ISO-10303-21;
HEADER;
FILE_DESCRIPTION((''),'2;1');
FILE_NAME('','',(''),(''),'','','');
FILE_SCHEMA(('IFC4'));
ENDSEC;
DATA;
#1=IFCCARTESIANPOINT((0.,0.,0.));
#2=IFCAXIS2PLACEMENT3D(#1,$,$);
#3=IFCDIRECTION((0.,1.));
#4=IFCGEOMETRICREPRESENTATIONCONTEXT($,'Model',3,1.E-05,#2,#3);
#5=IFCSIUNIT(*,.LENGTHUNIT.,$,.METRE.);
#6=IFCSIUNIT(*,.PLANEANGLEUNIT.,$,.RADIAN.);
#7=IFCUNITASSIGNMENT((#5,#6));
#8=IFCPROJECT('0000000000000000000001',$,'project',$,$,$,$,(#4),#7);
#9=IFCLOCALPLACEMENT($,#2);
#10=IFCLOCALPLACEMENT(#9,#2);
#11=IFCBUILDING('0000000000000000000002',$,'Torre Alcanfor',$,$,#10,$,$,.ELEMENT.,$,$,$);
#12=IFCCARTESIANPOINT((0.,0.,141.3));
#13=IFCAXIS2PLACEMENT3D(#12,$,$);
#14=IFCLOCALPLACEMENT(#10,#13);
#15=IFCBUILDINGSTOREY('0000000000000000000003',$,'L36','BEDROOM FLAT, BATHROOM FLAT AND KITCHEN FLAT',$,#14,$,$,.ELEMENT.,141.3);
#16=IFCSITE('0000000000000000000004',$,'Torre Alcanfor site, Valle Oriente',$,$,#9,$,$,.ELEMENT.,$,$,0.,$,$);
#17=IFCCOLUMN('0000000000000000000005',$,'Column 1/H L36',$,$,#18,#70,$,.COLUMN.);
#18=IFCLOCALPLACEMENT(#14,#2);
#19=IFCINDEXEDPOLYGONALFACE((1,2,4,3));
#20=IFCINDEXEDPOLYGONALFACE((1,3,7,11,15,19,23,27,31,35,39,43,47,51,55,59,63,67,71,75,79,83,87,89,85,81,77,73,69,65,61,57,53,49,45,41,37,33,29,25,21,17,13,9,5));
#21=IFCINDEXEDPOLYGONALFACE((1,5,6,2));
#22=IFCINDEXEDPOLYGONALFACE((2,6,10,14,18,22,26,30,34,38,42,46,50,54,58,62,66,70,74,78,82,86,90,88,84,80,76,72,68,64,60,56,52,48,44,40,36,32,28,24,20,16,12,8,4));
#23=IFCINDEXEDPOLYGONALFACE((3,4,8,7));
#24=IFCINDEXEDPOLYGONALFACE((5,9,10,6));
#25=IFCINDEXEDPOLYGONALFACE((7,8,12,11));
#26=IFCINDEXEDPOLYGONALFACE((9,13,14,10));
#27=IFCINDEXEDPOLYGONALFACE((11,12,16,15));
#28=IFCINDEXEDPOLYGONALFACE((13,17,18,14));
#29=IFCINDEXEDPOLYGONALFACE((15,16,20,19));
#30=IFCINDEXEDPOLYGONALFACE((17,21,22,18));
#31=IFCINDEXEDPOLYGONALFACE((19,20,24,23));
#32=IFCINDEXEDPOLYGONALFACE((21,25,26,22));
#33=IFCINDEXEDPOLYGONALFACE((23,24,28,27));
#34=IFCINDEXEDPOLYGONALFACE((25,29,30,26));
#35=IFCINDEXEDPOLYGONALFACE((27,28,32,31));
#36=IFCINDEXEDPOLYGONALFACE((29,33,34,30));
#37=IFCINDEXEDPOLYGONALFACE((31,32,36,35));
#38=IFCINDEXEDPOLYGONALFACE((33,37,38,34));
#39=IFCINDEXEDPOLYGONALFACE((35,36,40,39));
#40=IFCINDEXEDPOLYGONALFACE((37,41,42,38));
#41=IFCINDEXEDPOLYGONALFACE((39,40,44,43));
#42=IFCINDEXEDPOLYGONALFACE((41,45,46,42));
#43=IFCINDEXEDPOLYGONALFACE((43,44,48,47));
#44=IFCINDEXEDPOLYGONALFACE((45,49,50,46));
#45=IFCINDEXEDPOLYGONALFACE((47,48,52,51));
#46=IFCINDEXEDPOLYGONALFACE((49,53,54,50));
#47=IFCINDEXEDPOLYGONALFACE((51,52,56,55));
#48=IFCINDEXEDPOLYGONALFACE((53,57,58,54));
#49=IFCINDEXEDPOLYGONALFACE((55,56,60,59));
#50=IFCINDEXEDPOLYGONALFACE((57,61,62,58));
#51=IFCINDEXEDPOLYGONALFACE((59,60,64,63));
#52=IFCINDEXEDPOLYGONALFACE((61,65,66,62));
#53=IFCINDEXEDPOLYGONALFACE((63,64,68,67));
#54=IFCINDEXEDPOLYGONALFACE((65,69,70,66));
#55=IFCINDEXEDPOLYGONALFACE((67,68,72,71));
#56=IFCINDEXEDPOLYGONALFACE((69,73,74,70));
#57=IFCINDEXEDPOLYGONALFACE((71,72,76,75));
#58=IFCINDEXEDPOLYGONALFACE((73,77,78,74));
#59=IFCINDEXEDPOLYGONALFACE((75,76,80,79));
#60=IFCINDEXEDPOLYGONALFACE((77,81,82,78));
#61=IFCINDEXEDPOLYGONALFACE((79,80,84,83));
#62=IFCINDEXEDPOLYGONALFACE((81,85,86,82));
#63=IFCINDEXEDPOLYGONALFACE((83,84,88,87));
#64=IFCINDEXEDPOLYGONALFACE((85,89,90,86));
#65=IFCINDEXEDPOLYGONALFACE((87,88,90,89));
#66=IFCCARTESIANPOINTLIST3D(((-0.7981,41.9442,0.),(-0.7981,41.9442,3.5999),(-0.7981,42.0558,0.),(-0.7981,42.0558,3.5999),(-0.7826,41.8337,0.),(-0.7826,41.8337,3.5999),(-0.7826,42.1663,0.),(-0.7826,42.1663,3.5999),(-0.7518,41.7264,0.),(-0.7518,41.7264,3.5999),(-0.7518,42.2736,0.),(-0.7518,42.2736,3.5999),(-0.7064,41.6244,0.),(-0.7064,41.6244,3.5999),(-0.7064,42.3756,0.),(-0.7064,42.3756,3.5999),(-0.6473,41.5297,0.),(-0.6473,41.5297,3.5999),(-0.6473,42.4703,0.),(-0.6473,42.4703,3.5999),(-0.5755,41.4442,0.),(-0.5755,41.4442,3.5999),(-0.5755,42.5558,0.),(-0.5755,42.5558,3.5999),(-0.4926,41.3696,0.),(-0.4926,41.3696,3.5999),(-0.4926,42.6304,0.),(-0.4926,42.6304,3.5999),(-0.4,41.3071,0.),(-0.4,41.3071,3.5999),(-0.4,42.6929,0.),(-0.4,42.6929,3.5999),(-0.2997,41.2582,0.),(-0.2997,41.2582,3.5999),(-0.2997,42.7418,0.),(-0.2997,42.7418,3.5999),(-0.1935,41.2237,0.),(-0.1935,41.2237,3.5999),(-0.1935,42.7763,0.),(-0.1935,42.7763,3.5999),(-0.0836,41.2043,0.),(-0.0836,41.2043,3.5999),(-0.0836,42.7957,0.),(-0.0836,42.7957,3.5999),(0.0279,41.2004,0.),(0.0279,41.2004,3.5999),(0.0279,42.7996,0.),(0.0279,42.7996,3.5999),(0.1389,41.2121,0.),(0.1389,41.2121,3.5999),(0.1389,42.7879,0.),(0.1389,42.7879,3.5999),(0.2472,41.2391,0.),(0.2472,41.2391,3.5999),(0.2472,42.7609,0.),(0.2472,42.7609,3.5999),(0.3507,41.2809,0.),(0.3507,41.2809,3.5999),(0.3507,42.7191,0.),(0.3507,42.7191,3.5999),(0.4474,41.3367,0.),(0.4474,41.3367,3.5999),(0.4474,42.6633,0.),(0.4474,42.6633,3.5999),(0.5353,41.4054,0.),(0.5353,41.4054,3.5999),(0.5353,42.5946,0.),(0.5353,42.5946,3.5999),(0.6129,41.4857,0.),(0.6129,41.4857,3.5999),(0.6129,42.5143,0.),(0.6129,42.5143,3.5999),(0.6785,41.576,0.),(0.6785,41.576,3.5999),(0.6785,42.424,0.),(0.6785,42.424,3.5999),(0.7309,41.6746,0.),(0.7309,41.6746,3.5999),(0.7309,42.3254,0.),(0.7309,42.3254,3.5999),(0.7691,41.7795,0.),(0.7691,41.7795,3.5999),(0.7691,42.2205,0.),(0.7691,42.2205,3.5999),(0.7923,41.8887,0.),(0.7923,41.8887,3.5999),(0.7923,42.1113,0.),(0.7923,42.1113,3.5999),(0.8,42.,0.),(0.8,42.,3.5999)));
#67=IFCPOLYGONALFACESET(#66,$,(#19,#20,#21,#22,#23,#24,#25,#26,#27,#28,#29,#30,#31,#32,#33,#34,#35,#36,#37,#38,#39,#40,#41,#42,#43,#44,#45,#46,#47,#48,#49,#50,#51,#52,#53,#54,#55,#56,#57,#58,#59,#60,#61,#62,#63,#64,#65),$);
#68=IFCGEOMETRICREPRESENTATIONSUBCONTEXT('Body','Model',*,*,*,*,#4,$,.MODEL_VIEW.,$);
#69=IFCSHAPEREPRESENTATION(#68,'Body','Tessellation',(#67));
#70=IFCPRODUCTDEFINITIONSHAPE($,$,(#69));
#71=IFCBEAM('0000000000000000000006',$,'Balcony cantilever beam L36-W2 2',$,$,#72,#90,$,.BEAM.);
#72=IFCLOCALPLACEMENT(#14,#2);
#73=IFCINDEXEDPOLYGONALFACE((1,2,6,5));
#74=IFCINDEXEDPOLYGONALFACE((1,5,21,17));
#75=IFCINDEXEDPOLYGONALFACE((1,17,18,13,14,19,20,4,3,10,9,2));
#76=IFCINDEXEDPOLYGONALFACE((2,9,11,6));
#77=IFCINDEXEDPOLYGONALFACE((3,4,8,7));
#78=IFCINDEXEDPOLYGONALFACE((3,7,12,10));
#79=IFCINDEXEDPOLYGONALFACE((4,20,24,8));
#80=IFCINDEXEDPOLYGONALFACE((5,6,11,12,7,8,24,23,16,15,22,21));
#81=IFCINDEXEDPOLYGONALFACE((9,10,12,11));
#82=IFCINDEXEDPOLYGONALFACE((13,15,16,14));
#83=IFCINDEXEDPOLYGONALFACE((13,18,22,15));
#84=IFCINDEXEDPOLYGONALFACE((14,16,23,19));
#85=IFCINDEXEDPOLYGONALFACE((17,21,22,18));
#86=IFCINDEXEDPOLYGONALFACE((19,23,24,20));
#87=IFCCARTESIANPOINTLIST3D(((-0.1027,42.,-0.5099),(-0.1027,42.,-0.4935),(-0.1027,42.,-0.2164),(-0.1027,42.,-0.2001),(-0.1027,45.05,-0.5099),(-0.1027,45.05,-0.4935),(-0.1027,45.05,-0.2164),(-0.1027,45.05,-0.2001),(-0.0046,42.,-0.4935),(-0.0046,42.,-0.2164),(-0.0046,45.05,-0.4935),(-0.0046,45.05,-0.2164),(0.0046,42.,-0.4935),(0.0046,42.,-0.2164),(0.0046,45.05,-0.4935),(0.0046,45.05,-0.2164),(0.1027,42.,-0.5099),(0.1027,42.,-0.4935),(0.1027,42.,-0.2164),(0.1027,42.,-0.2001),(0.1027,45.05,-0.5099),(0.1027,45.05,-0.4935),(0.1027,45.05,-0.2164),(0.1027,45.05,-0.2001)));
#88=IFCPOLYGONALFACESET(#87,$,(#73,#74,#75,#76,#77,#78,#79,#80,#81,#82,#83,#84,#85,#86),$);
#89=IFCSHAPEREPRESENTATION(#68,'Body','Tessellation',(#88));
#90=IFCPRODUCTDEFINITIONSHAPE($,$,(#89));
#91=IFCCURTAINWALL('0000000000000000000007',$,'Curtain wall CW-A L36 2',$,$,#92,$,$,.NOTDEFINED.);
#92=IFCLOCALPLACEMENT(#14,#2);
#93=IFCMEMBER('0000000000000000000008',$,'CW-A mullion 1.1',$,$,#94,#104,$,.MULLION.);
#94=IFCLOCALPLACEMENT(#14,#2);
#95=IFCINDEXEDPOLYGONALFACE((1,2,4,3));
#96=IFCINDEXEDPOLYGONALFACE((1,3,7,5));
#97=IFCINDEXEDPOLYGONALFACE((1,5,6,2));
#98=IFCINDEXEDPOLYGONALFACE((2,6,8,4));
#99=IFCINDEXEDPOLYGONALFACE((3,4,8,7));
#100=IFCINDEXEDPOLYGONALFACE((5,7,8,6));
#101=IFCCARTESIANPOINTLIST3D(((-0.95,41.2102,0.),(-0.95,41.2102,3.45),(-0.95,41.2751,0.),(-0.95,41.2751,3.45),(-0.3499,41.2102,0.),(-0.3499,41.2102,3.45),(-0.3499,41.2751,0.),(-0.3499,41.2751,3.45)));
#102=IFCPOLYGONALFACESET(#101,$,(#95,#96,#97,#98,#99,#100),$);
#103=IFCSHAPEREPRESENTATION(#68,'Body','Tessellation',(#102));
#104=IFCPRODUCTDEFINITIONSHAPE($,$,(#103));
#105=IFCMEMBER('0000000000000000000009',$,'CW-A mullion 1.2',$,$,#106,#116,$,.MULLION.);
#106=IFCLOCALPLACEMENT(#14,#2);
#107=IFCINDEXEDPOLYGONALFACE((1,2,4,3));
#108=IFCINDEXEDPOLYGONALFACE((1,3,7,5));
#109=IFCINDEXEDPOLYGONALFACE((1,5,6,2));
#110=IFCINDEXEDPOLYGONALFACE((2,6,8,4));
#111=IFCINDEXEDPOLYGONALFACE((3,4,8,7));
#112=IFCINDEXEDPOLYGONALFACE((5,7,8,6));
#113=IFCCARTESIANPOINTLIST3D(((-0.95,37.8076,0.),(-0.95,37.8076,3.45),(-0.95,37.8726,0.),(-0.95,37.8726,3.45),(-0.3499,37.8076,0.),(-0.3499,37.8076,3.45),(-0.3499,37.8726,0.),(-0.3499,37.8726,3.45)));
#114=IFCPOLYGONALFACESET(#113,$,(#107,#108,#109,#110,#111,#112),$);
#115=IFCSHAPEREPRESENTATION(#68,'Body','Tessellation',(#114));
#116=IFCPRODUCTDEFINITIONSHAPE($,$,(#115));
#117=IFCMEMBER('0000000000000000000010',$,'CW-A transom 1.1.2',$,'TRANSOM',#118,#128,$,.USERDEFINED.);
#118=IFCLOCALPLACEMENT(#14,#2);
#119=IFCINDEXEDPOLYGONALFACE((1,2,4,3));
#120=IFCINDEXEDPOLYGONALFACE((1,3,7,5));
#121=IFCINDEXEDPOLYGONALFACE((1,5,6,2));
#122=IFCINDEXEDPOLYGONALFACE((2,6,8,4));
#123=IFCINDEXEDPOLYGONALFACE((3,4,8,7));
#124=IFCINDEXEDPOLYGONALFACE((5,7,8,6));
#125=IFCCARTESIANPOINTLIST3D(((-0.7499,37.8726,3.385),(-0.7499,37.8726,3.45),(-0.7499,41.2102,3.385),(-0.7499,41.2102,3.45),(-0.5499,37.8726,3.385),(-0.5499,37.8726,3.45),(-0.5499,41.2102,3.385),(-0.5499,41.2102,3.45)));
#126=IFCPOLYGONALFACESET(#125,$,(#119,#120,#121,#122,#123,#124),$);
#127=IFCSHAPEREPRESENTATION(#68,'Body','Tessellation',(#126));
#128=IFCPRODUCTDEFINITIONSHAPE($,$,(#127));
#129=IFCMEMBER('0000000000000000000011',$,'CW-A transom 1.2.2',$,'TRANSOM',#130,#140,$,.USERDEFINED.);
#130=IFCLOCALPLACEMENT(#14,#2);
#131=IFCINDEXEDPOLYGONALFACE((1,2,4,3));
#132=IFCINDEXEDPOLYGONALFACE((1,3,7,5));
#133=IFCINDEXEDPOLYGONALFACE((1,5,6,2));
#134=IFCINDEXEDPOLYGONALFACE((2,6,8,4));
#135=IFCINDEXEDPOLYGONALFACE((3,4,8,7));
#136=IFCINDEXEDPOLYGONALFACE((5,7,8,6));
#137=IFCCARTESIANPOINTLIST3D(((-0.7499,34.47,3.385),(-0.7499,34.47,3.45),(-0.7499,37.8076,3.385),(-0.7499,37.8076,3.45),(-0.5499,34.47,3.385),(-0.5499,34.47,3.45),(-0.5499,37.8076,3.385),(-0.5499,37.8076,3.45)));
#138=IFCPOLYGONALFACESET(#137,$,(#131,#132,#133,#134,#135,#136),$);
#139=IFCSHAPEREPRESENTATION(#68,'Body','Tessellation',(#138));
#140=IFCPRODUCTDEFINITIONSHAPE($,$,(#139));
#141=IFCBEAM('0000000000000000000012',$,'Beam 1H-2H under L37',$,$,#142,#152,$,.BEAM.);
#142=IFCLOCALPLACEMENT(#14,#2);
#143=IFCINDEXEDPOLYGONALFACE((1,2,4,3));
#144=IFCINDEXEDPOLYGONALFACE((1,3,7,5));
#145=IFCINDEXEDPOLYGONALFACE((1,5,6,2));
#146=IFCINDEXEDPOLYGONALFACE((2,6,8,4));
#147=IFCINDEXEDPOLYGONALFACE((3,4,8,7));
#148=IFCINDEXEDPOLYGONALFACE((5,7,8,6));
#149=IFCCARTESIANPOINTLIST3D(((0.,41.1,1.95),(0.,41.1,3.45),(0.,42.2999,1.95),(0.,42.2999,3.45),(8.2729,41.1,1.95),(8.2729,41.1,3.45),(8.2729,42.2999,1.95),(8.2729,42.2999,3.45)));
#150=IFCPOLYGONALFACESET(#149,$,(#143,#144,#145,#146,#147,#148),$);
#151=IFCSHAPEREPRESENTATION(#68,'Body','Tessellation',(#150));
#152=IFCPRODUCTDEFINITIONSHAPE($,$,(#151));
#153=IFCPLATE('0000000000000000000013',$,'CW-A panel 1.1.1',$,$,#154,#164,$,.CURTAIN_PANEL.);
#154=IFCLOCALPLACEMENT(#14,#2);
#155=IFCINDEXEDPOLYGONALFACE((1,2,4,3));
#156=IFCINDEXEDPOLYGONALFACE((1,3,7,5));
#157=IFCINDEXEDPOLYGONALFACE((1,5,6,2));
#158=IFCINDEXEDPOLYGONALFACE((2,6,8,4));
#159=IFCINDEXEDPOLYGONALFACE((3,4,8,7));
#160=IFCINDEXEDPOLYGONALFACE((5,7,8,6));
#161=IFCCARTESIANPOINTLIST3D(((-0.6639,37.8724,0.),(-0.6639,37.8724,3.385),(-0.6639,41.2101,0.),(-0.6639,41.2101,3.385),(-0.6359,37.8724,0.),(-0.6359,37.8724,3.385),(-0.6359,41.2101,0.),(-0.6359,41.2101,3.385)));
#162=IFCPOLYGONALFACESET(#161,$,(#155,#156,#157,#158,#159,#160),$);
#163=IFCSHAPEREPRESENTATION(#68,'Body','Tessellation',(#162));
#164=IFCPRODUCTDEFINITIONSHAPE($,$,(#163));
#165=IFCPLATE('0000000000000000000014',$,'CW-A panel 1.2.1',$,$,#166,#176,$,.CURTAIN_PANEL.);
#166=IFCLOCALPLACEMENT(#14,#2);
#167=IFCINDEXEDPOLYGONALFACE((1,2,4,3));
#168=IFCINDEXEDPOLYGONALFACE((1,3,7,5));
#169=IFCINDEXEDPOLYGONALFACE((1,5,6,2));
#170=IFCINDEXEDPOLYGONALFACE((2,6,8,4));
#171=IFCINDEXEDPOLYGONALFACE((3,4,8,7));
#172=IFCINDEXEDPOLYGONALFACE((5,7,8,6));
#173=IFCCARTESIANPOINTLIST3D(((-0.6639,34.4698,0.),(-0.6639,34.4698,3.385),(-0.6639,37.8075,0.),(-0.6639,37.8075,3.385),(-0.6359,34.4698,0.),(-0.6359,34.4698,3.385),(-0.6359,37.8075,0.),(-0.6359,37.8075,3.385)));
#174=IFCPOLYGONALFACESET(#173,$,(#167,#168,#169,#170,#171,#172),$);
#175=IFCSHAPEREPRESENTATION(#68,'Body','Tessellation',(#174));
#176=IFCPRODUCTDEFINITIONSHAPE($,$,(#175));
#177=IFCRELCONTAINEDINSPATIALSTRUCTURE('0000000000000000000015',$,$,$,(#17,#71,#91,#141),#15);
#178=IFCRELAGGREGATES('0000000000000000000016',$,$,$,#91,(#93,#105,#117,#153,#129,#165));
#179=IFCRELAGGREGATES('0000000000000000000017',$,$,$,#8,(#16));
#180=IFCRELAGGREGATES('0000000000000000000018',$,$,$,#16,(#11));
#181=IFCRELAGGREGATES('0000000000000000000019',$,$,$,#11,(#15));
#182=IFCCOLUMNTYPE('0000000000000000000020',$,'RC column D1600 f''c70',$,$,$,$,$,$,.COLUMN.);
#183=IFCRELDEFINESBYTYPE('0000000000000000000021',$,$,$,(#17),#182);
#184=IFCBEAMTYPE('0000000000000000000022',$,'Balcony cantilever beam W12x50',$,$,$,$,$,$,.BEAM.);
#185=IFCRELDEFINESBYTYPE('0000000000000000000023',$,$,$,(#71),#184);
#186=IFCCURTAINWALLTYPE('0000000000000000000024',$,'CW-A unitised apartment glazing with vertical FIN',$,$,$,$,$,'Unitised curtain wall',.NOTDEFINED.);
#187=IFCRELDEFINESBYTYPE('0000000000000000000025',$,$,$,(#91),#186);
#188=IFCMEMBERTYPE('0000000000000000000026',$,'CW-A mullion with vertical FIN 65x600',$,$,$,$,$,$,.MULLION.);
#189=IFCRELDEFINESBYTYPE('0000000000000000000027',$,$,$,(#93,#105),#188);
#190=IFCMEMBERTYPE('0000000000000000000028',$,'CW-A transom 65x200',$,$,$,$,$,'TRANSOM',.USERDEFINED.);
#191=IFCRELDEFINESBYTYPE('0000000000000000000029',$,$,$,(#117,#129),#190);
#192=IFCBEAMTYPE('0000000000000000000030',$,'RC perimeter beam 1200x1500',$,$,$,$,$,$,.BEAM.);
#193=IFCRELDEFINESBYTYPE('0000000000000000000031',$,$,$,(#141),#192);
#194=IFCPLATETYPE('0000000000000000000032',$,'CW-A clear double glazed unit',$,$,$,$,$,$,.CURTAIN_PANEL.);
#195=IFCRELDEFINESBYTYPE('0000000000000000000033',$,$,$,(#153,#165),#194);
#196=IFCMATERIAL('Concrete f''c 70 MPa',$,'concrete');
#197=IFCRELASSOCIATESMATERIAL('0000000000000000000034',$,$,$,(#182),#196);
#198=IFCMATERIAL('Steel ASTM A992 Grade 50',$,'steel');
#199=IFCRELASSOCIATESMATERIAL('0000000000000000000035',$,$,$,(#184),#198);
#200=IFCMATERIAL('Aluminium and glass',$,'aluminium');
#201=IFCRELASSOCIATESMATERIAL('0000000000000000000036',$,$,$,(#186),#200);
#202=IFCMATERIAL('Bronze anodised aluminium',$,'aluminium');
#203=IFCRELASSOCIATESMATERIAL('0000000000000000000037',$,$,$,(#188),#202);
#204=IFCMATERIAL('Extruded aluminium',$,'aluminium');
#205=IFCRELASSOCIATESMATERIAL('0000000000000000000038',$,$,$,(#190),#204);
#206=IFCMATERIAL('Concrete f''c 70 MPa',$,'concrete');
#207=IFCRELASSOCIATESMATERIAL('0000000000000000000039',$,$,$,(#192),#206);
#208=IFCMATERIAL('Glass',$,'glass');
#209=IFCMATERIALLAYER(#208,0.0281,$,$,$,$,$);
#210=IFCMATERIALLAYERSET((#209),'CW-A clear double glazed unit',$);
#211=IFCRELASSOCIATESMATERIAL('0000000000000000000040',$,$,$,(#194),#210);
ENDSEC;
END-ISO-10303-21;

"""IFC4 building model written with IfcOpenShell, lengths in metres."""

from ifc_helpers import new_model, si_unit, direction, frame, origin, origin_2d, place, context, subcontext, project, spatial, rectangle, circle, i_section, extrude, material, layer, layer_set, material_profile, profile_set, type_object, element, aggregate, save


model = new_model("IFC4")

# Units and contexts
model_context = context("Model", 3, precision=1e-05, world=origin(), true_north=direction((0.0, 1.0)))
body_context = subcontext(model_context, "Body", "Model", "MODEL_VIEW")
ifc_project = project(units=[si_unit("LENGTHUNIT", "METRE"), si_unit("PLANEANGLEUNIT", "RADIAN")], contexts=[model_context])

# Site, building, storey
site_placement = place(None, origin())
site = spatial("IfcSite", under=ifc_project, at=site_placement, Name="Torre Alcanfor site, Valle Oriente", CompositionType="ELEMENT", RefElevation=0.0)
building_placement = place(site_placement, origin())
building = spatial("IfcBuilding", under=site, at=building_placement, Name="Torre Alcanfor", CompositionType="ELEMENT")
storey_placement = place(building_placement, frame((0.0, 0.0, 141.3)))
storey = spatial("IfcBuildingStorey", under=building, at=storey_placement, Name="L36", Description="BEDROOM FLAT, BATHROOM FLAT AND KITCHEN FLAT", CompositionType="ELEMENT", Elevation=141.3)

# Column
ifc_material_1 = material(Name="Concrete f'c 70 MPa", Category="concrete")
ifc_material_profile_1 = material_profile(ifc_material_1, circle(Radius=0.8, at=origin_2d()), Name="D1600")
ifc_profile_set_1 = profile_set([ifc_material_profile_1], Name="Concrete f'c 70 MPa")
column_type = type_object("IfcColumnType", Name="RC column D1600 f'c70", PredefinedType="COLUMN", material=ifc_profile_set_1)
column_placement = place(storey_placement, frame((0.0, 42.0, 0.0), z_axis=(0.0, 0.0, 1.0), x_axis=(1.0, 0.0, 0.0)))
element("IfcColumn", 1, at=column_placement, inside=storey, type_object=column_type, Name="Column 1/H L36", PredefinedType="COLUMN", context=body_context, shape_type="SweptSolid", body=[
    extrude(circle(Radius=0.8, at=origin_2d()), origin(), (0.0, 0.0, 1.0), 3.5999),
])

# Beam
ifc_material_2 = material(Name="Steel ASTM A992 Grade 50", Category="steel")
ifc_material_profile_2 = material_profile(ifc_material_2, i_section(OverallWidth=0.2053, OverallDepth=0.3098, WebThickness=0.0093, FlangeThickness=0.0164, at=origin_2d()), Name="W12x50")
ifc_profile_set_2 = profile_set([ifc_material_profile_2], Name="Steel ASTM A992 Grade 50")
beam_type_1 = type_object("IfcBeamType", Name="Balcony cantilever beam W12x50", PredefinedType="BEAM", material=ifc_profile_set_2)
beam_1_placement = place(storey_placement, frame((0.0, 42.0, -0.355), z_axis=(0.0, 1.0, 0.0), x_axis=(-1.0, 0.0, 0.0)))
element("IfcBeam", 2, at=beam_1_placement, inside=storey, type_object=beam_type_1, Name="Balcony cantilever beam L36-W2 2", PredefinedType="BEAM", context=body_context, shape_type="SweptSolid", body=[
    extrude(i_section(OverallWidth=0.2053, OverallDepth=0.3098, WebThickness=0.0093, FlangeThickness=0.0164, at=origin_2d()), origin(), (0.0, 0.0, 1.0), 3.05),
])

# Curtain wall, members
ifc_material_3 = material(Name="Aluminium and glass", Category="aluminium")
curtain_wall_type = type_object("IfcCurtainWallType", Name="CW-A unitised apartment glazing with vertical FIN", ElementType="Unitised curtain wall", PredefinedType="NOTDEFINED", material=ifc_material_3)
curtain_wall_placement = place(storey_placement, origin())
curtain_wall = element("IfcCurtainWall", 3, at=curtain_wall_placement, inside=storey, type_object=curtain_wall_type, Name="Curtain wall CW-A L36 2", PredefinedType="NOTDEFINED")
ifc_material_4 = material(Name="Bronze anodised aluminium", Category="aluminium")
ifc_material_profile_3 = material_profile(ifc_material_4, rectangle(XDim=0.6001, YDim=0.0649, at=origin_2d()), Name="CW-A mullion 65x600")
ifc_profile_set_3 = profile_set([ifc_material_profile_3], Name="Bronze anodised aluminium")
member_type_1 = type_object("IfcMemberType", Name="CW-A mullion with vertical FIN 65x600", PredefinedType="MULLION", material=ifc_profile_set_3)
member_1_placement = place(storey_placement, frame((-0.6499, 41.2427, 0.0), z_axis=(0.0, 0.0, 1.0), x_axis=(1.0, 0.0, 0.0)))
member_1 = element("IfcMember", 4, at=member_1_placement, type_object=member_type_1, Name="CW-A mullion 1.1", PredefinedType="MULLION", context=body_context, shape_type="SweptSolid", body=[
    extrude(rectangle(XDim=0.6001, YDim=0.0649, at=origin_2d()), origin(), (0.0, 0.0, 1.0), 3.45),
])
member_2_placement = place(storey_placement, frame((-0.6499, 37.8401, 0.0), z_axis=(0.0, 0.0, 1.0), x_axis=(1.0, 0.0, 0.0)))
member_2 = element("IfcMember", 5, at=member_2_placement, type_object=member_type_1, Name="CW-A mullion 1.2", PredefinedType="MULLION", context=body_context, shape_type="SweptSolid", body=[
    extrude(rectangle(XDim=0.6001, YDim=0.0649, at=origin_2d()), origin(), (0.0, 0.0, 1.0), 3.45),
])
ifc_material_5 = material(Name="Extruded aluminium", Category="aluminium")
ifc_material_profile_4 = material_profile(ifc_material_5, rectangle(XDim=0.2, YDim=0.0649, at=origin_2d()), Name="CW-A transom 200x65")
ifc_profile_set_4 = profile_set([ifc_material_profile_4], Name="Extruded aluminium")
member_type_2 = type_object("IfcMemberType", Name="CW-A transom 65x200", ElementType="TRANSOM", PredefinedType="USERDEFINED", material=ifc_profile_set_4)
member_3_placement = place(storey_placement, frame((-0.6499, 41.2102, 3.4175), z_axis=(0.0, -1.0, 0.0), x_axis=(1.0, 0.0, 0.0)))
member_3 = element("IfcMember", 6, at=member_3_placement, type_object=member_type_2, Name="CW-A transom 1.1.2", ObjectType="TRANSOM", PredefinedType="USERDEFINED", context=body_context, shape_type="SweptSolid", body=[
    extrude(rectangle(XDim=0.2, YDim=0.0649, at=origin_2d()), origin(), (0.0, 0.0, 1.0), 3.3376),
])
member_4_placement = place(storey_placement, frame((-0.6499, 37.8076, 3.4175), z_axis=(0.0, -1.0, 0.0), x_axis=(1.0, 0.0, 0.0)))
member_4 = element("IfcMember", 7, at=member_4_placement, type_object=member_type_2, Name="CW-A transom 1.2.2", ObjectType="TRANSOM", PredefinedType="USERDEFINED", context=body_context, shape_type="SweptSolid", body=[
    extrude(rectangle(XDim=0.2, YDim=0.0649, at=origin_2d()), origin(), (0.0, 0.0, 1.0), 3.3376),
])

# Beam
ifc_material_6 = material(Name="Concrete f'c 70 MPa", Category="concrete")
ifc_material_profile_5 = material_profile(ifc_material_6, rectangle(XDim=1.2, YDim=1.5, at=origin_2d()), Name="1200x1500")
ifc_profile_set_5 = profile_set([ifc_material_profile_5], Name="Concrete f'c 70 MPa")
beam_type_2 = type_object("IfcBeamType", Name="RC perimeter beam 1200x1500", PredefinedType="BEAM", material=ifc_profile_set_5)
beam_2_placement = place(storey_placement, frame((0.0, 41.7, 2.7), z_axis=(1.0, 0.0, 0.0), x_axis=(0.0, 1.0, 0.0)))
element("IfcBeam", 8, at=beam_2_placement, inside=storey, type_object=beam_type_2, Name="Beam 1H-2H under L37", PredefinedType="BEAM", context=body_context, shape_type="SweptSolid", body=[
    extrude(rectangle(XDim=1.2, YDim=1.5, at=origin_2d()), origin(), (0.0, 0.0, 1.0), 8.2729),
])

# Plates
ifc_material_7 = material(Name="Glass", Category="glass")
ifc_layer_1 = layer(ifc_material_7, 0.0281)
ifc_layer_set_1 = layer_set([ifc_layer_1], Name="CW-A clear double glazed unit")
plate_type = type_object("IfcPlateType", Name="CW-A clear double glazed unit", PredefinedType="CURTAIN_PANEL", material=ifc_layer_set_1)
plate_1_placement = place(storey_placement, frame((-0.6499, 39.5413, 0.0), z_axis=(0.0, 0.0, 1.0), x_axis=(0.0, -1.0, 0.0)))
plate_1 = element("IfcPlate", 9, at=plate_1_placement, type_object=plate_type, Name="CW-A panel 1.1.1", PredefinedType="CURTAIN_PANEL", context=body_context, shape_type="SweptSolid", body=[
    extrude(rectangle(XDim=3.3376, YDim=0.0281, at=origin_2d()), origin(), (0.0, 0.0, 1.0), 3.385),
])
plate_2_placement = place(storey_placement, frame((-0.6499, 36.1387, 0.0), z_axis=(0.0, 0.0, 1.0), x_axis=(0.0, -1.0, 0.0)))
plate_2 = element("IfcPlate", 10, at=plate_2_placement, type_object=plate_type, Name="CW-A panel 1.2.1", PredefinedType="CURTAIN_PANEL", context=body_context, shape_type="SweptSolid", body=[
    extrude(rectangle(XDim=3.3376, YDim=0.0281, at=origin_2d()), origin(), (0.0, 0.0, 1.0), 3.385),
])
aggregate(curtain_wall, [member_1, member_2, member_3, plate_1, member_4, plate_2])

save(model, "model.ifc")
